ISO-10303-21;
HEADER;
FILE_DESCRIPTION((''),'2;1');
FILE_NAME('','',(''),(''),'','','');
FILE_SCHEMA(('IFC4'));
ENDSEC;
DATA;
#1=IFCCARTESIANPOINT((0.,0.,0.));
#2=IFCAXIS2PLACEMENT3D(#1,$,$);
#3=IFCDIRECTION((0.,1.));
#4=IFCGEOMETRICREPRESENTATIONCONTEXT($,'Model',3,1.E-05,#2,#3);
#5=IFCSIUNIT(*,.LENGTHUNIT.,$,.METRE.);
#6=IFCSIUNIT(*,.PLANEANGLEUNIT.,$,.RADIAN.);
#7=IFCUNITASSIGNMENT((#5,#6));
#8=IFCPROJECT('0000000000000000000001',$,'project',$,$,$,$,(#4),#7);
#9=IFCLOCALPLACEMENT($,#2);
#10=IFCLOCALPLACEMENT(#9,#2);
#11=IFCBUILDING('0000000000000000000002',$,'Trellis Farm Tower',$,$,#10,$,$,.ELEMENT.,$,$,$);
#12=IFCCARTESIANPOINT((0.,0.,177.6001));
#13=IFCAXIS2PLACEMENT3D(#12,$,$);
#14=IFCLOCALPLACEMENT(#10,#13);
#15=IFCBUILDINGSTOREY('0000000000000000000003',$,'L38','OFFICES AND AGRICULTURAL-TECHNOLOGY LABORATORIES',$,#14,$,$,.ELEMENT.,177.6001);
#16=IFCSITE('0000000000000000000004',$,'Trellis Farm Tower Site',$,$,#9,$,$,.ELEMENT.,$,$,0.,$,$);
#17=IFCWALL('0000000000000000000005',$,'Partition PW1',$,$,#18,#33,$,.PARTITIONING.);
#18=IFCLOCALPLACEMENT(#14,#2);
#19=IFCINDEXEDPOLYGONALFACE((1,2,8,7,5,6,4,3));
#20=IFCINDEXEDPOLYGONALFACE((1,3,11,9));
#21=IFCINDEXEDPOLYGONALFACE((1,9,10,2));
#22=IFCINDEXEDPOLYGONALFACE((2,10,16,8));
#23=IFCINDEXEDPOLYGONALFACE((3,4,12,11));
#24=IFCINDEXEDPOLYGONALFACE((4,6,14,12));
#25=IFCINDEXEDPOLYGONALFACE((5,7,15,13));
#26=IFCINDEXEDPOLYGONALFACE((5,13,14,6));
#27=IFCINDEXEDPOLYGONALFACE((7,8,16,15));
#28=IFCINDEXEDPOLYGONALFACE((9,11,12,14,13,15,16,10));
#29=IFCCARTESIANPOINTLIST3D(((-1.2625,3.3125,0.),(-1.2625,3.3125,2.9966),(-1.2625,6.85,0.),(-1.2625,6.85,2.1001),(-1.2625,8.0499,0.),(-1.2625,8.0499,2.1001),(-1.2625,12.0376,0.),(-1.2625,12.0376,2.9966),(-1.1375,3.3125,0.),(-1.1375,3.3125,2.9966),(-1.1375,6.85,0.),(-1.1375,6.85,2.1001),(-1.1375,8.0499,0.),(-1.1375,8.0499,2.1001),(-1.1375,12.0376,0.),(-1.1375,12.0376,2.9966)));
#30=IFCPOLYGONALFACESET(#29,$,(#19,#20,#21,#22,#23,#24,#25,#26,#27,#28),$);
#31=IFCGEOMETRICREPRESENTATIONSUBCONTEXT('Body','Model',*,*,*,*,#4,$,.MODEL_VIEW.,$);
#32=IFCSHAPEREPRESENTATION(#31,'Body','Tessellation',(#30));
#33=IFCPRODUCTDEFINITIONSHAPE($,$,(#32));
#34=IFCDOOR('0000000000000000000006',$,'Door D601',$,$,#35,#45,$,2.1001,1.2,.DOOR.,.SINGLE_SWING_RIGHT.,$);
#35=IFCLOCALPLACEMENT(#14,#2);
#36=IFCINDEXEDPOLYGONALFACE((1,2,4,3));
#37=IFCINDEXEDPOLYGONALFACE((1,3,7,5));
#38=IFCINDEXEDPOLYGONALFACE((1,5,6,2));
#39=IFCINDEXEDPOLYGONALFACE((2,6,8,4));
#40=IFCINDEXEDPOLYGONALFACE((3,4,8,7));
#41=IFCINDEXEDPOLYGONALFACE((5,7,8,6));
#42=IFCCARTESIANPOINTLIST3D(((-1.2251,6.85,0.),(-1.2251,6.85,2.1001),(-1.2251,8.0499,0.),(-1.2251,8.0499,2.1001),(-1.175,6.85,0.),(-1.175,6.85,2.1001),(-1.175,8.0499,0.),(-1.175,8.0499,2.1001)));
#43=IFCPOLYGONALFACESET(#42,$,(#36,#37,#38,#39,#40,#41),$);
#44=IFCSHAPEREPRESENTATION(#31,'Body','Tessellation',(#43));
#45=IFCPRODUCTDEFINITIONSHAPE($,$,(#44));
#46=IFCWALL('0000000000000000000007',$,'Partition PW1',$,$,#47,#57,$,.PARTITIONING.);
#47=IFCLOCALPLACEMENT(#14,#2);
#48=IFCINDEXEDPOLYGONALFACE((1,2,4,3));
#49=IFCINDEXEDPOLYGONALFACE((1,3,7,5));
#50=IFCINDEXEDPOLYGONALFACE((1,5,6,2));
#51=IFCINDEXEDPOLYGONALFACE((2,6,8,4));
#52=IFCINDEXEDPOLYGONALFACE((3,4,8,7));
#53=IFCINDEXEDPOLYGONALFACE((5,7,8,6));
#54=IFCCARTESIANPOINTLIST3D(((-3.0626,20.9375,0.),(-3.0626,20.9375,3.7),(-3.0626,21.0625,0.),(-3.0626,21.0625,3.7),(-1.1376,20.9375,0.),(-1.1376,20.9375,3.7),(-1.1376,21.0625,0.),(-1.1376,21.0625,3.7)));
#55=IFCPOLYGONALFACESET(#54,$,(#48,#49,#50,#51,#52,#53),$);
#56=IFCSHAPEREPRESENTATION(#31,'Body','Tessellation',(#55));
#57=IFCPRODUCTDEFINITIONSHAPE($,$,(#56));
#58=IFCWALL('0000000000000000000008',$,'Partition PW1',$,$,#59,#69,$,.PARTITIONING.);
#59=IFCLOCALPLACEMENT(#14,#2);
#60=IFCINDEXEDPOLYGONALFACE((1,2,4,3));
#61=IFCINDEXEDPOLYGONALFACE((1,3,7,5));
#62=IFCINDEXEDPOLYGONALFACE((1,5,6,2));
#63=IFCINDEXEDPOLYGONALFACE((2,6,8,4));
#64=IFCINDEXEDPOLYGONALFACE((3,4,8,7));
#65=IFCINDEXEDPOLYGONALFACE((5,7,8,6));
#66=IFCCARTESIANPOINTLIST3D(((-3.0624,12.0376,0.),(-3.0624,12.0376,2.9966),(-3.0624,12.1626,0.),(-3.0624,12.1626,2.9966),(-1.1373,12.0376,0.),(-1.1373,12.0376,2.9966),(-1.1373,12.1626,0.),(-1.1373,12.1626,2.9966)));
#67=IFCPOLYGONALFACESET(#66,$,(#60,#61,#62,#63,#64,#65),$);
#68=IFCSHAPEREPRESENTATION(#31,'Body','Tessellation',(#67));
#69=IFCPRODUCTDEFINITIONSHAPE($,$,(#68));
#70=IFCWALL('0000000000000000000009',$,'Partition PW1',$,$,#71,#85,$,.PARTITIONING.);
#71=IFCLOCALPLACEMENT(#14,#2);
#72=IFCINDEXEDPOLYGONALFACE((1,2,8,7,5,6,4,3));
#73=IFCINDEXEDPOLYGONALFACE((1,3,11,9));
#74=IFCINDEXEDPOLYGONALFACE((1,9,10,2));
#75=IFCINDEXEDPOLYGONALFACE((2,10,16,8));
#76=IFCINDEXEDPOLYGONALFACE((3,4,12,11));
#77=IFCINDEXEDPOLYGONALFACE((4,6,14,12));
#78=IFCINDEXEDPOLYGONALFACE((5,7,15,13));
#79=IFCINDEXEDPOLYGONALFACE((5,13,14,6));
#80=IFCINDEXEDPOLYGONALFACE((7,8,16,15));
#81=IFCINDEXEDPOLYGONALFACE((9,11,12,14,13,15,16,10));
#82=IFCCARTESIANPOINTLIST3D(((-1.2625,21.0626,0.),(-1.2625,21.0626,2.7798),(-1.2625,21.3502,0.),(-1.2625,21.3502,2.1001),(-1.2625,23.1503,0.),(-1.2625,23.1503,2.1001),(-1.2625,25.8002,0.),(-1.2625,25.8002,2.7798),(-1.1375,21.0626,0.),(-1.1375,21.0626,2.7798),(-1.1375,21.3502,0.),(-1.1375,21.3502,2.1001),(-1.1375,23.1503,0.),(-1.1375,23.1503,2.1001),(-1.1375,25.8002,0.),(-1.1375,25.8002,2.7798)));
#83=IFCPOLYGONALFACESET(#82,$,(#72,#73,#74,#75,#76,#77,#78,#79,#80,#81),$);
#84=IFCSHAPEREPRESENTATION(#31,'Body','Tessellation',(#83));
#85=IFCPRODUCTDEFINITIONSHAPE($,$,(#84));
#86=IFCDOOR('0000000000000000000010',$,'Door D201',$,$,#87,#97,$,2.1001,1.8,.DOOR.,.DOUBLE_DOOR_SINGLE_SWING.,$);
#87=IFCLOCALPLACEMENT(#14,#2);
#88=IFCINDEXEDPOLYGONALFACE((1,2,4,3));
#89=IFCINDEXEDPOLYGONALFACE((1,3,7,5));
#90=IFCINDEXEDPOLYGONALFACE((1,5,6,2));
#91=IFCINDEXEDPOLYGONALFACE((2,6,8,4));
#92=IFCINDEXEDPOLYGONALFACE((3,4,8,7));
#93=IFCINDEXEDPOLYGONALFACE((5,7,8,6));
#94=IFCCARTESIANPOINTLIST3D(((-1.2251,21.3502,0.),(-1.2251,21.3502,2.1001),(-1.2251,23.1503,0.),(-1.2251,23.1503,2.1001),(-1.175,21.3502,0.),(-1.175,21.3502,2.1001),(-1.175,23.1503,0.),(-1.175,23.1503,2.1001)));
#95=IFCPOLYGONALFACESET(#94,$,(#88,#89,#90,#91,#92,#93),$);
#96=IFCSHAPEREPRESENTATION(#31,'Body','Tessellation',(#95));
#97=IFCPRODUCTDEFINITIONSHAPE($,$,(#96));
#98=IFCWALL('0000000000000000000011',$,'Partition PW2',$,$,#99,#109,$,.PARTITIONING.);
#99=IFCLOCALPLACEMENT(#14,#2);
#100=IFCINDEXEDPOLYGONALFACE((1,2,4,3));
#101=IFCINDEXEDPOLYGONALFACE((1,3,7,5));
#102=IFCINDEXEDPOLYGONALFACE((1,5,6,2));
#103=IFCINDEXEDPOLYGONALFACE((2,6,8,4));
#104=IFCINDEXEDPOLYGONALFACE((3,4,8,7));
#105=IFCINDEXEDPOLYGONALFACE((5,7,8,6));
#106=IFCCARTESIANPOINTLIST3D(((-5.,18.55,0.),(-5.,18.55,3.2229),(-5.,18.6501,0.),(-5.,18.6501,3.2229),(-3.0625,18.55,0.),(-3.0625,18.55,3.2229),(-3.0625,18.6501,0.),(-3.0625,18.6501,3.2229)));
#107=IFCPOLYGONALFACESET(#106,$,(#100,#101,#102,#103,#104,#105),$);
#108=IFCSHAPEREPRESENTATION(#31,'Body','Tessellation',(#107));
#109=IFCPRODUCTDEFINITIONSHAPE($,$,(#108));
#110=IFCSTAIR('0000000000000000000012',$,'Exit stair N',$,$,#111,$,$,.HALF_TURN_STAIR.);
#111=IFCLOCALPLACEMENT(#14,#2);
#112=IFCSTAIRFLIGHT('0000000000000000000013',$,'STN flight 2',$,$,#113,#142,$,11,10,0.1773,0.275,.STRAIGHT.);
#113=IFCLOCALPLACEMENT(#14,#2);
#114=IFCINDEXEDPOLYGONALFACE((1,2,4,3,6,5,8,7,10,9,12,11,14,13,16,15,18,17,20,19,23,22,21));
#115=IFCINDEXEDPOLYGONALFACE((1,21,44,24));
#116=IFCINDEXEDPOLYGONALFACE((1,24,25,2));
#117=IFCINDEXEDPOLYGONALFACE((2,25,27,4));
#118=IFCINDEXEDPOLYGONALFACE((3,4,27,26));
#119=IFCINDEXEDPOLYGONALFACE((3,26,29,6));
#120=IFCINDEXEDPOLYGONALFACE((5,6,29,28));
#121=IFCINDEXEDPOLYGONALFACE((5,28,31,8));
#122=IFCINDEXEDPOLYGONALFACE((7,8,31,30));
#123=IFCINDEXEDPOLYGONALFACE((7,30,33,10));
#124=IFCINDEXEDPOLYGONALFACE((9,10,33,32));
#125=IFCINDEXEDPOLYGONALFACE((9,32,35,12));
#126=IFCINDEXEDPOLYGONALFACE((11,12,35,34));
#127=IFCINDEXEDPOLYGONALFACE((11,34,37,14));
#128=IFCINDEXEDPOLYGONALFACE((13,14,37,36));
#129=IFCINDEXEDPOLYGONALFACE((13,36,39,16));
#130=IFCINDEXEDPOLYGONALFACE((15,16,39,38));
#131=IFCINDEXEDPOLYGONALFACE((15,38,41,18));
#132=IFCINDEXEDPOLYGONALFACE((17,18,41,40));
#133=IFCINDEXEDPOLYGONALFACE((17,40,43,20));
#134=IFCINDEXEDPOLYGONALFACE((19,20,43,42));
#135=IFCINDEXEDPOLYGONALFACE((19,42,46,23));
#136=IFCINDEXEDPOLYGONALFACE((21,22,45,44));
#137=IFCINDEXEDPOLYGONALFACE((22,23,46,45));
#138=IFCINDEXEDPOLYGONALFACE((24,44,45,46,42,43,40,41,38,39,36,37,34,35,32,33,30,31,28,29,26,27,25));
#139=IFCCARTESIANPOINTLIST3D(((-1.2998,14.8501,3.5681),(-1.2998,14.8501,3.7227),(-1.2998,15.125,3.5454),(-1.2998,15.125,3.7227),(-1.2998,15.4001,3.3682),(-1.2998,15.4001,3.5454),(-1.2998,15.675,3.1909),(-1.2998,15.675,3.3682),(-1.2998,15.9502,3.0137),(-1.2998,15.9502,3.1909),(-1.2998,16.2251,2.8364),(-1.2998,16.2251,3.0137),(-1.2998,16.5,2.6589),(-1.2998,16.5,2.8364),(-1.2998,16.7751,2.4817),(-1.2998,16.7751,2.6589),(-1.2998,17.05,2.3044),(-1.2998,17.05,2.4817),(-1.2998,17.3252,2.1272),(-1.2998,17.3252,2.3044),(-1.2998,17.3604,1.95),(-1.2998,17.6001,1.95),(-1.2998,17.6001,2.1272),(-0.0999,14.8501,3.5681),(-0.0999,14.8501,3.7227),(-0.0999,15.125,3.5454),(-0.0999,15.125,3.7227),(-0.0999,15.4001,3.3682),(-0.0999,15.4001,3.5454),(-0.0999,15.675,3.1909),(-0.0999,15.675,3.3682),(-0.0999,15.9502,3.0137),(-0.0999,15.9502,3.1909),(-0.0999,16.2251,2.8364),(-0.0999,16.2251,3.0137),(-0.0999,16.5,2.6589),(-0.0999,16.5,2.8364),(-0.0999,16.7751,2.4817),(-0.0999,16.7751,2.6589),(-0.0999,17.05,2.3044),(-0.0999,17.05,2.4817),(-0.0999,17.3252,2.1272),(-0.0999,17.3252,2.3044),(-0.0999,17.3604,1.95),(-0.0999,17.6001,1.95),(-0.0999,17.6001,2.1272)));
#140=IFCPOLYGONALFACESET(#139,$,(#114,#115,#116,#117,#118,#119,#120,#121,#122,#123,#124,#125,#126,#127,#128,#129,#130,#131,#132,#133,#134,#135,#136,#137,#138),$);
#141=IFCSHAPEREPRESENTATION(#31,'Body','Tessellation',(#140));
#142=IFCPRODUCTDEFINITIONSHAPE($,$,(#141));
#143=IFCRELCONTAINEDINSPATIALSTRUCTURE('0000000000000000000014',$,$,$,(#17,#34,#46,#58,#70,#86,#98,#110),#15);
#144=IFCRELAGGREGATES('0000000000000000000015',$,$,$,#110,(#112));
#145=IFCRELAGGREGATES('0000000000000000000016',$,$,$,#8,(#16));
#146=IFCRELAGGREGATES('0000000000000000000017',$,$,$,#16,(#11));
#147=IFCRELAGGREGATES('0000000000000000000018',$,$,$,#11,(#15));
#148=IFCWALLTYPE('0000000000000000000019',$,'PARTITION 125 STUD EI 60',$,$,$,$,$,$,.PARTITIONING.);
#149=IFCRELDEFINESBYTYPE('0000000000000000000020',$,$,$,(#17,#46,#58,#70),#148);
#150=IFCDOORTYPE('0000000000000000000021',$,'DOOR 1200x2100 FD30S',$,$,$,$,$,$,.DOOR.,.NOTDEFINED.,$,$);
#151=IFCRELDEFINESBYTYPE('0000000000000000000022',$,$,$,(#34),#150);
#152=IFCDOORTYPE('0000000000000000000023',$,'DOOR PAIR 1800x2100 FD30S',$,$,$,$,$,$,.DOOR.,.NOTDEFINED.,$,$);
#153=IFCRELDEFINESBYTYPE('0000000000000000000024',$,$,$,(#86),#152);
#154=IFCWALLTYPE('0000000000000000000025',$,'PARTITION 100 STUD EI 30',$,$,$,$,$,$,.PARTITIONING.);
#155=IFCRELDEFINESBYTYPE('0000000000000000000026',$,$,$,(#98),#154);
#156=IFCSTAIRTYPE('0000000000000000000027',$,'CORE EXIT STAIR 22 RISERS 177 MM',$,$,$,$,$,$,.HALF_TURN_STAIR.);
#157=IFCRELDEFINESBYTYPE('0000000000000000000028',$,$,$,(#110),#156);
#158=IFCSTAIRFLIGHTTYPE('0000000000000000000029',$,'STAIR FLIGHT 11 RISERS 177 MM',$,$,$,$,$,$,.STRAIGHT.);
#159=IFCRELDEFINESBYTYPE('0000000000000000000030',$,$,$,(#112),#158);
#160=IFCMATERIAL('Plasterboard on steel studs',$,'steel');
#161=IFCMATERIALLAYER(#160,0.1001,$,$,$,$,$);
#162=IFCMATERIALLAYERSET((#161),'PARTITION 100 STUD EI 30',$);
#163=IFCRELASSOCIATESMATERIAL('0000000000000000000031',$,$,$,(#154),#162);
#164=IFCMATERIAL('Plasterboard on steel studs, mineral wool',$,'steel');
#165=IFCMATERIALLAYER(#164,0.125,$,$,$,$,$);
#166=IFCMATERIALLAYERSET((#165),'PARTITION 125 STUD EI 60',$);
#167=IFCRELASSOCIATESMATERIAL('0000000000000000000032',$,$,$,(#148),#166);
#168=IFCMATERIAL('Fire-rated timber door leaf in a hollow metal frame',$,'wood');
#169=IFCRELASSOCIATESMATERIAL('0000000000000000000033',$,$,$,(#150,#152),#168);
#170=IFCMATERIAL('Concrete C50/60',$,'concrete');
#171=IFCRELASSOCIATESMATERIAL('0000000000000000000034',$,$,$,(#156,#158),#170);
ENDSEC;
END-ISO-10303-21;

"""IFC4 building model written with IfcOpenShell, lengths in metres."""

from ifc_helpers import new_model, si_unit, direction, frame, frame_2d, origin, place, context, subcontext, project, spatial, polyline, rectangle, outline, extrude, source, transform, mapped, material, layer, layer_set, type_object, element, fill, aggregate, save


model = new_model("IFC4")

# Units and contexts
model_context = context("Model", 3, precision=1e-05, world=origin(), true_north=direction((0.0, 1.0)))
body_context = subcontext(model_context, "Body", "Model", "MODEL_VIEW")
ifc_project = project(units=[si_unit("LENGTHUNIT", "METRE"), si_unit("PLANEANGLEUNIT", "RADIAN")], contexts=[model_context])

# Site, building, storey
site_placement = place(None, origin())
site = spatial("IfcSite", under=ifc_project, at=site_placement, Name="Trellis Farm Tower Site", CompositionType="ELEMENT", RefElevation=0.0)
building_placement = place(site_placement, origin())
building = spatial("IfcBuilding", under=site, at=building_placement, Name="Trellis Farm Tower", CompositionType="ELEMENT")
storey_placement = place(building_placement, frame((0.0, 0.0, 177.6001)))
storey = spatial("IfcBuildingStorey", under=building, at=storey_placement, Name="L38", Description="OFFICES AND AGRICULTURAL-TECHNOLOGY LABORATORIES", CompositionType="ELEMENT", Elevation=177.6001)

# Shared definitions
placement = place(storey_placement, origin())

# Shared definitions
shared_shape_1 = source(origin(), body_context, "Body", "SweptSolid", [
    extrude(rectangle(XDim=1.2, YDim=2.1001, at=frame_2d((0.6001, 1.05))), frame((0.0, 0.0249, 0.0), z_axis=(0.0, -1.0, 0.0), x_axis=(1.0, 0.0, 0.0)), (0.0, 0.0, 1.0), 0.05),
])

# Shared definitions
ifc_material_1 = material(Name="Plasterboard on steel studs", Category="steel")
ifc_layer_1 = layer(ifc_material_1, 0.1001)
ifc_layer_set_1 = layer_set([ifc_layer_1], Name="PARTITION 100 STUD EI 30")
wall_type_1 = type_object("IfcWallType", Name="PARTITION 100 STUD EI 30", PredefinedType="PARTITIONING", material=ifc_layer_set_1)

# Wall, opening, door
ifc_material_2 = material(Name="Plasterboard on steel studs, mineral wool", Category="steel")
ifc_layer_2 = layer(ifc_material_2, 0.125)
ifc_layer_set_2 = layer_set([ifc_layer_2], Name="PARTITION 125 STUD EI 60")
wall_type_2 = type_object("IfcWallType", Name="PARTITION 125 STUD EI 60", PredefinedType="PARTITIONING", material=ifc_layer_set_2)
ifc_material_3 = material(Name="Fire-rated timber door leaf in a hollow metal frame", Category="wood")
shared_shape_2 = source(origin(), body_context, "Body", "SweptSolid", [
    extrude(rectangle(XDim=8.7251, YDim=0.125, at=frame_2d((4.3625, 0.0))), origin(), (0.0, 0.0, 1.0), 2.9966),
])
wall_1_placement = place(storey_placement, frame((-1.2, 12.0376, 0.0), z_axis=(0.0, 0.0, 1.0), x_axis=(0.0, -1.0, 0.0)))
wall_1 = element("IfcWall", 1, at=wall_1_placement, inside=storey, type_object=wall_type_2, Name="Partition PW1", PredefinedType="PARTITIONING", context=body_context, shape_type="MappedRepresentation", body=[
    mapped(shared_shape_2, transform((0.0, 0.0, 0.0))),
])
shared_shape_3 = source(origin(), body_context, "Body", "SweptSolid", [
    extrude(rectangle(XDim=1.2, YDim=2.1001, at=frame_2d((0.6001, 1.05))), frame((0.0, 0.0725, 0.0), z_axis=(0.0, -1.0, 0.0), x_axis=(1.0, 0.0, 0.0)), (0.0, 0.0, 1.0), 0.145),
])
opening_1_placement = place(wall_1_placement, frame((3.9875, 0.0, 0.0)))
opening_1 = element("IfcOpeningElement", 2, at=opening_1_placement, cuts=wall_1, PredefinedType="OPENING", context=body_context, shape_type="MappedRepresentation", body=[
    mapped(shared_shape_3, transform((0.0, 0.0, 0.0))),
])
door_type_1 = type_object("IfcDoorType", Name="DOOR 1200x2100 FD30S", OperationType="NOTDEFINED", PredefinedType="DOOR", material=ifc_material_3)
door_1_placement = place(opening_1_placement, origin())
door_1 = element("IfcDoor", 3, at=door_1_placement, inside=storey, type_object=door_type_1, Name="Door D601", OperationType="SINGLE_SWING_RIGHT", OverallHeight=2.1001, OverallWidth=1.2, PredefinedType="DOOR", context=body_context, shape_type="MappedRepresentation", body=[
    mapped(shared_shape_1, transform((0.0, 0.0, 0.0))),
])
fill(opening_1, door_1)

# Walls
shared_shape_4 = source(origin(), body_context, "Body", "SweptSolid", [
    extrude(rectangle(XDim=1.925, YDim=0.125, at=frame_2d((0.9624, 0.0))), origin(), (0.0, 0.0, 1.0), 3.7),
])
wall_2_placement = place(storey_placement, frame((-3.0625, 21.0, 0.0), z_axis=(0.0, 0.0, 1.0), x_axis=(1.0, 0.0, 0.0)))
element("IfcWall", 4, at=wall_2_placement, inside=storey, type_object=wall_type_2, Name="Partition PW1", PredefinedType="PARTITIONING", context=body_context, shape_type="MappedRepresentation", body=[
    mapped(shared_shape_4, transform((0.0, 0.0, 0.0))),
])
shared_shape_5 = source(origin(), body_context, "Body", "SweptSolid", [
    extrude(rectangle(XDim=1.925, YDim=0.125, at=frame_2d((0.9624, 0.0))), origin(), (0.0, 0.0, 1.0), 2.9966),
])
wall_3_placement = place(storey_placement, frame((-1.1375, 12.1001, 0.0), z_axis=(0.0, 0.0, 1.0), x_axis=(-1.0, 0.0, 0.0)))
element("IfcWall", 5, at=wall_3_placement, inside=storey, type_object=wall_type_2, Name="Partition PW1", PredefinedType="PARTITIONING", context=body_context, shape_type="MappedRepresentation", body=[
    mapped(shared_shape_5, transform((0.0, 0.0, 0.0))),
])

# Wall, opening, door
shared_shape_6 = source(origin(), body_context, "Body", "SweptSolid", [
    extrude(rectangle(XDim=4.7375, YDim=0.125, at=frame_2d((2.3687, 0.0))), origin(), (0.0, 0.0, 1.0), 2.7798),
])
wall_4_placement = place(storey_placement, frame((-1.2, 25.8, 0.0), z_axis=(0.0, 0.0, 1.0), x_axis=(0.0, -1.0, 0.0)))
wall_4 = element("IfcWall", 6, at=wall_4_placement, inside=storey, type_object=wall_type_2, Name="Partition PW1", PredefinedType="PARTITIONING", context=body_context, shape_type="MappedRepresentation", body=[
    mapped(shared_shape_6, transform((0.0, 0.0, 0.0))),
])
shared_shape_7 = source(origin(), body_context, "Body", "SweptSolid", [
    extrude(rectangle(XDim=1.8, YDim=2.1001, at=frame_2d((0.8999, 1.05))), frame((0.0, 0.0725, 0.0), z_axis=(0.0, -1.0, 0.0), x_axis=(1.0, 0.0, 0.0)), (0.0, 0.0, 1.0), 0.145),
])
opening_2_placement = place(wall_4_placement, frame((2.6499, 0.0, 0.0)))
opening_2 = element("IfcOpeningElement", 7, at=opening_2_placement, cuts=wall_4, PredefinedType="OPENING", context=body_context, shape_type="MappedRepresentation", body=[
    mapped(shared_shape_7, transform((0.0, 0.0, 0.0))),
])
door_type_2 = type_object("IfcDoorType", Name="DOOR PAIR 1800x2100 FD30S", OperationType="NOTDEFINED", PredefinedType="DOOR", material=ifc_material_3)
shared_shape_8 = source(origin(), body_context, "Body", "SweptSolid", [
    extrude(rectangle(XDim=1.8, YDim=2.1001, at=frame_2d((0.8999, 1.05))), frame((0.0, 0.0249, 0.0), z_axis=(0.0, -1.0, 0.0), x_axis=(1.0, 0.0, 0.0)), (0.0, 0.0, 1.0), 0.05),
])
door_2_placement = place(opening_2_placement, origin())
door_2 = element("IfcDoor", 8, at=door_2_placement, inside=storey, type_object=door_type_2, Name="Door D201", OperationType="DOUBLE_DOOR_SINGLE_SWING", OverallHeight=2.1001, OverallWidth=1.8, PredefinedType="DOOR", context=body_context, shape_type="MappedRepresentation", body=[
    mapped(shared_shape_8, transform((0.0, 0.0, 0.0))),
])
fill(opening_2, door_2)

# Wall
shared_shape_9 = source(origin(), body_context, "Body", "SweptSolid", [
    extrude(rectangle(XDim=1.9375, YDim=0.1001, at=frame_2d((0.9688, 0.0))), origin(), (0.0, 0.0, 1.0), 3.2229),
])
wall_5_placement = place(storey_placement, frame((-5.0, 18.6001, 0.0), z_axis=(0.0, 0.0, 1.0), x_axis=(1.0, 0.0, 0.0)))
element("IfcWall", 9, at=wall_5_placement, inside=storey, type_object=wall_type_1, Name="Partition PW2", PredefinedType="PARTITIONING", context=body_context, shape_type="MappedRepresentation", body=[
    mapped(shared_shape_9, transform((0.0, 0.0, 0.0))),
])

# Stair, stair flight
ifc_material_4 = material(Name="Concrete C50/60", Category="concrete")
stair_type = type_object("IfcStairType", Name="CORE EXIT STAIR 22 RISERS 177 MM", PredefinedType="HALF_TURN_STAIR", material=ifc_material_4)
stair = element("IfcStair", 10, at=placement, inside=storey, type_object=stair_type, Name="Exit stair N", PredefinedType="HALF_TURN_STAIR")
stair_flight_type = type_object("IfcStairFlightType", Name="STAIR FLIGHT 11 RISERS 177 MM", PredefinedType="STRAIGHT", material=ifc_material_4)
shared_shape_10 = source(origin(), body_context, "Body", "SweptSolid", [
    extrude(outline(polyline([(0.0, 0.0), (0.0, 0.1772), (0.2749, 0.1772), (0.2749, 0.3545), (0.55, 0.3545), (0.55, 0.5317), (0.825, 0.5317), (0.825, 0.709), (1.1001, 0.709), (1.1001, 0.8865), (1.375, 0.8865), (1.375, 1.0637), (1.6499, 1.0637), (1.6499, 1.241), (1.925, 1.241), (1.925, 1.4182), (2.2, 1.4182), (2.2, 1.5955), (2.4751, 1.5955), (2.4751, 1.7727), (2.75, 1.7727), (2.75, 1.95), (2.75, 1.6182), (0.2397, 0.0), (0.0, 0.0)])), frame((0.0, 0.6001, 0.0), z_axis=(0.0, -1.0, 0.0), x_axis=(1.0, 0.0, 0.0)), (0.0, 0.0, 1.0), 1.2),
])
stair_flight_placement = place(storey_placement, frame((-0.7, 17.6001, 1.95), z_axis=(0.0, 0.0, 1.0), x_axis=(0.0, -1.0, 0.0)))
stair_flight = element("IfcStairFlight", 11, at=stair_flight_placement, type_object=stair_flight_type, Name="STN flight 2", NumberOfRisers=11, NumberOfTreads=10, PredefinedType="STRAIGHT", RiserHeight=0.1773, TreadLength=0.275, context=body_context, shape_type="MappedRepresentation", body=[
    mapped(shared_shape_10, transform((0.0, 0.0, 0.0))),
])
aggregate(stair, [stair_flight])

save(model, "model.ifc")
